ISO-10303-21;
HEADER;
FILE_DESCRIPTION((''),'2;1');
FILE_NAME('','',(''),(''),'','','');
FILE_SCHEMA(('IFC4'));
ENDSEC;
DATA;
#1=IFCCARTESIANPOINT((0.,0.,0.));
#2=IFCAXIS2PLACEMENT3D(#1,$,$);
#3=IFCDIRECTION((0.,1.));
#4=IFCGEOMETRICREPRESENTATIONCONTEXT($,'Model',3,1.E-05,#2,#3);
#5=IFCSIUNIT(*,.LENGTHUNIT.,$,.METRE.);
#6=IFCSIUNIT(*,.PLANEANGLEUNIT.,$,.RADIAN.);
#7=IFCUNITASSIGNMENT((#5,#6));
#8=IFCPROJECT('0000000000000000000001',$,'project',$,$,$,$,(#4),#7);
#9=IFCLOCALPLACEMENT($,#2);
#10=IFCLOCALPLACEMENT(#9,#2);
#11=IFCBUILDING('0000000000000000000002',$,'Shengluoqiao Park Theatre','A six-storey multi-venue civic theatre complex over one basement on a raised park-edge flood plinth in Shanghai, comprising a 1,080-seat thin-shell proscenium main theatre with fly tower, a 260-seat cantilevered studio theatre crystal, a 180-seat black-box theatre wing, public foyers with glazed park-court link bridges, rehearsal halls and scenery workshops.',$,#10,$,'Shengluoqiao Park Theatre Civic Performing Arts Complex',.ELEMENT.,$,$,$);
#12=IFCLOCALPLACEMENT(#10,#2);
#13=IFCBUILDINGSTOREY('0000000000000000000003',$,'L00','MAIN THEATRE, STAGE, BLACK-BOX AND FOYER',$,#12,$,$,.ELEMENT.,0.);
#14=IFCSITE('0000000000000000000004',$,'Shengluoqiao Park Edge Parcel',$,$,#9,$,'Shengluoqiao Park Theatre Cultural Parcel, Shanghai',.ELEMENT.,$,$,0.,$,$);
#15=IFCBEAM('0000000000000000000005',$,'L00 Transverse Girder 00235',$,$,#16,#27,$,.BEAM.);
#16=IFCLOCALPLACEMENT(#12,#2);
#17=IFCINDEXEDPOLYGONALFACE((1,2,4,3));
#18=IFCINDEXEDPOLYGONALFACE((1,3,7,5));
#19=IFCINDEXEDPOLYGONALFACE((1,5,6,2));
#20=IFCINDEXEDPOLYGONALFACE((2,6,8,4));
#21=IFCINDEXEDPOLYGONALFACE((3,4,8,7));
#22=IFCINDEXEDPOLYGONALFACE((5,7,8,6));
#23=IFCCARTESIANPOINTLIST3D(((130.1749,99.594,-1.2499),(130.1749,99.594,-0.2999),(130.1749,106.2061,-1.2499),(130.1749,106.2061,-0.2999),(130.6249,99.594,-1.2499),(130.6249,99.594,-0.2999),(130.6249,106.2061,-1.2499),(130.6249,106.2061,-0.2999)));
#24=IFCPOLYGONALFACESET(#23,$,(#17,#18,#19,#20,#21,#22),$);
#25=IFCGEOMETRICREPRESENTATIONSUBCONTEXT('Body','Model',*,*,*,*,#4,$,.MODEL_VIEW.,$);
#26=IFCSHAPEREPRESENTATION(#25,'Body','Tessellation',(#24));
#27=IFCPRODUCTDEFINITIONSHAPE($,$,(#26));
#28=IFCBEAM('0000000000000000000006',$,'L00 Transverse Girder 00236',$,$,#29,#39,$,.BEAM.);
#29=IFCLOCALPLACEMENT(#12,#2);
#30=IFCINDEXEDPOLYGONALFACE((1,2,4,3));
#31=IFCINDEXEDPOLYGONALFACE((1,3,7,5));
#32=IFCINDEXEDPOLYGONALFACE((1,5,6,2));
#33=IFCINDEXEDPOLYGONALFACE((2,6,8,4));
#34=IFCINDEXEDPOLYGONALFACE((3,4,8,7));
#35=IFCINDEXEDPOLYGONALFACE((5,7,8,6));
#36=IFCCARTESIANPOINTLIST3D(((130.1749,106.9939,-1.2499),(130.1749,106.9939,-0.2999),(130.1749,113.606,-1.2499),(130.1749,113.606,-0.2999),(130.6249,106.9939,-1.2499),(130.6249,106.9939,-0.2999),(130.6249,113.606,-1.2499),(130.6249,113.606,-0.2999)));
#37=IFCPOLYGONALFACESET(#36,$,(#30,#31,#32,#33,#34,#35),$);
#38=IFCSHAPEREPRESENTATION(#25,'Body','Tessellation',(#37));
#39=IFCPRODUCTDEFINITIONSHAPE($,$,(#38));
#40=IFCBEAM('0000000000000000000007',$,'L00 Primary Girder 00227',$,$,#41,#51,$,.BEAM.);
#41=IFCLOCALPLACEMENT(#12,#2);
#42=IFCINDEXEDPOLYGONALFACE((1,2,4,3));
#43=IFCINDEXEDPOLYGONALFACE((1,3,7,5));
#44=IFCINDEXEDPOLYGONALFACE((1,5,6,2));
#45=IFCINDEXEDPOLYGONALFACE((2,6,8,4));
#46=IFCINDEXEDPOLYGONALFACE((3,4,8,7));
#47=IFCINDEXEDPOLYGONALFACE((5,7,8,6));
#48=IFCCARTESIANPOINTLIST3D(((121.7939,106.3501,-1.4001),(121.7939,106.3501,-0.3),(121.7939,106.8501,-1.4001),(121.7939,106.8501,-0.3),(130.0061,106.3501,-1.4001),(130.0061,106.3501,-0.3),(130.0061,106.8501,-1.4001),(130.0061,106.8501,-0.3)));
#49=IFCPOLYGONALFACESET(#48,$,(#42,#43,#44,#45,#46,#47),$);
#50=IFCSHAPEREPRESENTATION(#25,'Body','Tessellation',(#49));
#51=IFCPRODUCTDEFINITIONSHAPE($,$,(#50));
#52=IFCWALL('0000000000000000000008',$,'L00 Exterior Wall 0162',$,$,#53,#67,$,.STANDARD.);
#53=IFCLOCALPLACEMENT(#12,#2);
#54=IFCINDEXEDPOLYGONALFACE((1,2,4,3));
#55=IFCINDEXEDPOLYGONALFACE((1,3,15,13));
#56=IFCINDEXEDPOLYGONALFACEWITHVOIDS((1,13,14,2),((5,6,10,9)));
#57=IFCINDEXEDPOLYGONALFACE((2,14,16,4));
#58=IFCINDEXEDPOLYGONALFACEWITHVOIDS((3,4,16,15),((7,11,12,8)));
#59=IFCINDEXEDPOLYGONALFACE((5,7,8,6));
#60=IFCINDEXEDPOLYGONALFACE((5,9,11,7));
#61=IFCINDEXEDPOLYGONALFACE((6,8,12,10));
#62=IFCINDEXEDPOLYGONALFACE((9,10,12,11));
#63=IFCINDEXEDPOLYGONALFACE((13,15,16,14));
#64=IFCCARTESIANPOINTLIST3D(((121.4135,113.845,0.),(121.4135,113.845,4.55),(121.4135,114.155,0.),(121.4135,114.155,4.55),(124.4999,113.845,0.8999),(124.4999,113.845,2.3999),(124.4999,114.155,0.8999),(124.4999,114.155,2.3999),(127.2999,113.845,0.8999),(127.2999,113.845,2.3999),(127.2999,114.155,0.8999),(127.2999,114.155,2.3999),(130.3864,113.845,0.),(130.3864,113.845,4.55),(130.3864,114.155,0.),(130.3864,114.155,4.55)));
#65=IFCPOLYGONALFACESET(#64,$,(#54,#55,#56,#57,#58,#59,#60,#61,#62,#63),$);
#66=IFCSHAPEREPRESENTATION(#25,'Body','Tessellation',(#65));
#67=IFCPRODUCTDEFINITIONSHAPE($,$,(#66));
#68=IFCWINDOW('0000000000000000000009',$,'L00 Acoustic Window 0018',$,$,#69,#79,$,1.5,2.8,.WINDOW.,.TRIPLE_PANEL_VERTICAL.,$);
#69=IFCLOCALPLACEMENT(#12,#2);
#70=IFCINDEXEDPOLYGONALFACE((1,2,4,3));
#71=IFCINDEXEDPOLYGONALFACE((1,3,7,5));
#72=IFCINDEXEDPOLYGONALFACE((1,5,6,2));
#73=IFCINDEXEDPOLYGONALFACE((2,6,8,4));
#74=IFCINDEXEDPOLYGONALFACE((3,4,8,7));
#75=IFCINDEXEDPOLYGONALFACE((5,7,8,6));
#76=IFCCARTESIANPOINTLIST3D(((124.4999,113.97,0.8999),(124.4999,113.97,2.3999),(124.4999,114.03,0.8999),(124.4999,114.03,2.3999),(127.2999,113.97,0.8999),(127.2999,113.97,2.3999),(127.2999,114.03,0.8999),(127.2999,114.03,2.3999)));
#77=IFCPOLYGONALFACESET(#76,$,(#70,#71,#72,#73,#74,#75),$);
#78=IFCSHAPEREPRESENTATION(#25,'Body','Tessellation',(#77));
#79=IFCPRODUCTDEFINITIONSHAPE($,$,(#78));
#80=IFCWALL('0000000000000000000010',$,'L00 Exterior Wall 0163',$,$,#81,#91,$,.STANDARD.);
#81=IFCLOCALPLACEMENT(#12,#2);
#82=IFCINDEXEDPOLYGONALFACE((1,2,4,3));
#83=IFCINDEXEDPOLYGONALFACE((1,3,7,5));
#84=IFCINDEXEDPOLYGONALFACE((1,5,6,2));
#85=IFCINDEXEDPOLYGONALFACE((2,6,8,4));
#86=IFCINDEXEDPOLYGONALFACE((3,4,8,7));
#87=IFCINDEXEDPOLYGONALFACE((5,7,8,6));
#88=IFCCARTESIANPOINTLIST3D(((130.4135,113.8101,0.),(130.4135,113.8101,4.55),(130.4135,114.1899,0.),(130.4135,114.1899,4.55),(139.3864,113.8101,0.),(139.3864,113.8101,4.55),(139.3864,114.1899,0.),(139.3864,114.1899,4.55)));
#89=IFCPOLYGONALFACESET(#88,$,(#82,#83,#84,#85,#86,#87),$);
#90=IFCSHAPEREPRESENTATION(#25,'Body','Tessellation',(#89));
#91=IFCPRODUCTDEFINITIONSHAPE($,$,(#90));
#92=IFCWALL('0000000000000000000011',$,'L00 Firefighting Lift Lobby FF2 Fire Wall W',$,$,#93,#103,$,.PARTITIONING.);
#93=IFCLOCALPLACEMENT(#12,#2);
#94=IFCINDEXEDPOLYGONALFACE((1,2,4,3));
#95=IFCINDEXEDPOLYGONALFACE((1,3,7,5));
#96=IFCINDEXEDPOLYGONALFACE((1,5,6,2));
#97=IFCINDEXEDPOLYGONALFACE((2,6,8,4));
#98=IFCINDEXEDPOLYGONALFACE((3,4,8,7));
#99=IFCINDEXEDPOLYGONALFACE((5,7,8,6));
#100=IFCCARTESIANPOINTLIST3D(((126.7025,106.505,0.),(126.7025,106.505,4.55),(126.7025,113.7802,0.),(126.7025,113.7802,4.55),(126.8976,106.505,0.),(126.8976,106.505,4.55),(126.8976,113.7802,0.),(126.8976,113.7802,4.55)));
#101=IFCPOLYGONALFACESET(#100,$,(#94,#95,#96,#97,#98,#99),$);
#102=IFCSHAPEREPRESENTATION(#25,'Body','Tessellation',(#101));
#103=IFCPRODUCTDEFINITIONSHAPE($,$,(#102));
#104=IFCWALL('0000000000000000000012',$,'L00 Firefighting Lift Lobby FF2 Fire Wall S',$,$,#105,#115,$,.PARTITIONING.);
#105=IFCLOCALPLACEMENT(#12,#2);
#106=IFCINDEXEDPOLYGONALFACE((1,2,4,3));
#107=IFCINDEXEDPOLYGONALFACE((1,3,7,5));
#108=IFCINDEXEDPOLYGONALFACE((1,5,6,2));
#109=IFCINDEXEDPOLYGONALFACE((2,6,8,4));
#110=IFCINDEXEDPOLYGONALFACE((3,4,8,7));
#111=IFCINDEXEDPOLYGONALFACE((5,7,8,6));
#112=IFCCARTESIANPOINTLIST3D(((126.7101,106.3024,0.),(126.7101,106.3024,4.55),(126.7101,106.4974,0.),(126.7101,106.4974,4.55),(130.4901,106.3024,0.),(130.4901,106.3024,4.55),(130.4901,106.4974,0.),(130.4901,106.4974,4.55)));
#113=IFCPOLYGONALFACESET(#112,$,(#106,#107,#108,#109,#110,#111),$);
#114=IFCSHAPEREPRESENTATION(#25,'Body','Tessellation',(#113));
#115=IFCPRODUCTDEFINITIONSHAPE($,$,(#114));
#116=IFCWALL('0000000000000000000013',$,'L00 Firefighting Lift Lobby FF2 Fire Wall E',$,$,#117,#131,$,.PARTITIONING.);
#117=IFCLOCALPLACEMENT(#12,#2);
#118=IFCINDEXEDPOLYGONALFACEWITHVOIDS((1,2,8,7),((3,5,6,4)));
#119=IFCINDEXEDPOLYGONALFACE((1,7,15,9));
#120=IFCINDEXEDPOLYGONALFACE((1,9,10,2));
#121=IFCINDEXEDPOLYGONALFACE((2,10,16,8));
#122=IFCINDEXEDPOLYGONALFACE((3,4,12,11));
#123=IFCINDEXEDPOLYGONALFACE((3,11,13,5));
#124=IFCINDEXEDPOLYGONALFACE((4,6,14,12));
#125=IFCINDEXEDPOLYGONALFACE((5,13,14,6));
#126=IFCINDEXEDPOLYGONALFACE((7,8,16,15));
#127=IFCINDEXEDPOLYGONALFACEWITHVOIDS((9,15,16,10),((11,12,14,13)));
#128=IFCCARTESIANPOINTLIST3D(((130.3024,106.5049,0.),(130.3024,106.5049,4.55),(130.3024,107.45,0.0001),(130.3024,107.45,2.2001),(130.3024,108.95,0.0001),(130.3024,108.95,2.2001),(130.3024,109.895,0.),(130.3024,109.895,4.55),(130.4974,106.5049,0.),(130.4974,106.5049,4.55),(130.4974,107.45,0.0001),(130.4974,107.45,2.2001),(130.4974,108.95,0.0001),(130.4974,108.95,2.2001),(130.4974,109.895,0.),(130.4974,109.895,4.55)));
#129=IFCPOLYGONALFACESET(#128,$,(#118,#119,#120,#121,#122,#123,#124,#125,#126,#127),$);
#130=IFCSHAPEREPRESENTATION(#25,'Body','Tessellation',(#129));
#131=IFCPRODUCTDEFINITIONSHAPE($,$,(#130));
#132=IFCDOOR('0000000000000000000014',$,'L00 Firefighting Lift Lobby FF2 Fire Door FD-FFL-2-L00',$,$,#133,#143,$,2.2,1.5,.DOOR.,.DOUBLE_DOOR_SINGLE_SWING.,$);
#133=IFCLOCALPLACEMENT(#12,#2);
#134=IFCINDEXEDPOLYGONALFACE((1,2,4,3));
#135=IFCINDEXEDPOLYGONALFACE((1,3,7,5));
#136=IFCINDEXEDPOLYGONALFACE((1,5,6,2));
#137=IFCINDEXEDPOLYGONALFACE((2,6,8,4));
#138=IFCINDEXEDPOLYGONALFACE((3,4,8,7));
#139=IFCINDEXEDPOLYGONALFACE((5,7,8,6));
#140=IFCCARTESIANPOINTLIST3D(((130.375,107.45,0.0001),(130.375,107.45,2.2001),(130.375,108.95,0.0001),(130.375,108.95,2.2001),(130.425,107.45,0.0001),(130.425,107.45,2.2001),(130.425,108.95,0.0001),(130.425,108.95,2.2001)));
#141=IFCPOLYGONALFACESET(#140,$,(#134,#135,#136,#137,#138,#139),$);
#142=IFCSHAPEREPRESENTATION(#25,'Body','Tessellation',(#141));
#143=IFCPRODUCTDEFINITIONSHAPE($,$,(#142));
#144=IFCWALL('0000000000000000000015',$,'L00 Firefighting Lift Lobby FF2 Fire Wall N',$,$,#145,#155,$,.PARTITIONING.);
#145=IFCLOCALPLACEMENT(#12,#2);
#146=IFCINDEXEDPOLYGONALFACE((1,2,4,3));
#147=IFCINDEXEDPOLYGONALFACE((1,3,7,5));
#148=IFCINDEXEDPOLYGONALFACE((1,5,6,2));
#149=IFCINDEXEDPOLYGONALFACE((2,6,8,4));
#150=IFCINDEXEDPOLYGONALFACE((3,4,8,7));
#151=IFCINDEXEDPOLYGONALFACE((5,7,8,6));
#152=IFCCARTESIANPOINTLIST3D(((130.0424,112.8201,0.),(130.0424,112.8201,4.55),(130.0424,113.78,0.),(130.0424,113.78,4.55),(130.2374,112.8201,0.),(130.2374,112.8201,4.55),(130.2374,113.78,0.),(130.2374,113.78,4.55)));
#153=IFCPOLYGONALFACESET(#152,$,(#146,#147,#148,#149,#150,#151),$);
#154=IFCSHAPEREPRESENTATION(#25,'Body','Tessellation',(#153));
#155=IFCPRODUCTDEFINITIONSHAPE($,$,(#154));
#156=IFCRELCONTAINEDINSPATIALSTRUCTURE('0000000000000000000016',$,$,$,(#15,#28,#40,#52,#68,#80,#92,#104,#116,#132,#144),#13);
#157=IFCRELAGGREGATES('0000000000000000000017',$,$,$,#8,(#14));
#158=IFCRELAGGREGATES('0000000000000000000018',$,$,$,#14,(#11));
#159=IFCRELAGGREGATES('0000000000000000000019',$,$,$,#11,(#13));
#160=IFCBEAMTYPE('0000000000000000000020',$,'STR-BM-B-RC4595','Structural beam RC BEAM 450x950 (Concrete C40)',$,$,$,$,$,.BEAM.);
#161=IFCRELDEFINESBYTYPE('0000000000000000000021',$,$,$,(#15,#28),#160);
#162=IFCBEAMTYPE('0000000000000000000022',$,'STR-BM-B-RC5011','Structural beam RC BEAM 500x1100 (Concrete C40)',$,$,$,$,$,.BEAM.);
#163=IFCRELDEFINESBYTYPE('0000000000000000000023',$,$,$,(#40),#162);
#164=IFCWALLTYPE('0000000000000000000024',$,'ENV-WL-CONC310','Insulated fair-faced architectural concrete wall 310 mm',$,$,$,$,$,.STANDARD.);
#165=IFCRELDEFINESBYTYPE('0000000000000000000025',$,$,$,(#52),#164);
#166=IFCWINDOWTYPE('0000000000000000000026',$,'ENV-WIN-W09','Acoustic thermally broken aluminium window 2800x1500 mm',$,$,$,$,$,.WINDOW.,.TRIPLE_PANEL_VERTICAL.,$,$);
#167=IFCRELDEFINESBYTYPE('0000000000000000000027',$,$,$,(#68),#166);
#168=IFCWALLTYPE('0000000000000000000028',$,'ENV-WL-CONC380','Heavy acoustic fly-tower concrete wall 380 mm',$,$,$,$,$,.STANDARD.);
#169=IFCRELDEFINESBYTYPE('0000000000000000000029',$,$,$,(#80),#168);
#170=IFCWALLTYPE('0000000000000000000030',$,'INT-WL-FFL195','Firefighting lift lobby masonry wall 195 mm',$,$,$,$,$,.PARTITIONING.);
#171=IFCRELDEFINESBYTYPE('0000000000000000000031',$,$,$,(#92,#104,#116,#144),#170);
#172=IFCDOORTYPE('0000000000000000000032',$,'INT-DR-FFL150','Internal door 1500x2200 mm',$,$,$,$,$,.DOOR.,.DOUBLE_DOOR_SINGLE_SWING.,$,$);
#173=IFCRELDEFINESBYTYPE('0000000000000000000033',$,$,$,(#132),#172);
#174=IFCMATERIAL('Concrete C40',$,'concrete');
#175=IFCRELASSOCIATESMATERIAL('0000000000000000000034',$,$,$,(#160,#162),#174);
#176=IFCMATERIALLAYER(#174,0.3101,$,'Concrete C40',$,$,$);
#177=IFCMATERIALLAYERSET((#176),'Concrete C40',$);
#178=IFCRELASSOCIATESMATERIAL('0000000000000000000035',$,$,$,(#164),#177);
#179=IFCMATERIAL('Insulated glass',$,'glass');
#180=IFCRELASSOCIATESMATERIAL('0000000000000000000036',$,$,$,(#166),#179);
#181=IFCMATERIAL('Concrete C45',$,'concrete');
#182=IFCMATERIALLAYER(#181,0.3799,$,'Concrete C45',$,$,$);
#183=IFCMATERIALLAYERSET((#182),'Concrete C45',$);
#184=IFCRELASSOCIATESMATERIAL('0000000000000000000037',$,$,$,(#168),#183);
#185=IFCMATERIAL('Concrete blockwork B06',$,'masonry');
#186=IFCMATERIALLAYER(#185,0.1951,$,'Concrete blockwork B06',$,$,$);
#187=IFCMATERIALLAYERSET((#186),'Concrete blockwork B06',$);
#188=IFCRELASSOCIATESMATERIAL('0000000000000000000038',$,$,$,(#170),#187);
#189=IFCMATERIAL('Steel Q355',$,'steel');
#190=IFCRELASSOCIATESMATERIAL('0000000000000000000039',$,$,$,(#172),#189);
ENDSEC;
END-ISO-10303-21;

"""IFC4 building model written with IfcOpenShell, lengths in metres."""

from ifc_helpers import new_model, si_unit, direction, frame, frame_2d, origin, origin_2d, place, context, subcontext, project, spatial, rectangle, extrude, material, layer, layer_set, material_profile, profile_set, type_object, element, fill, save


model = new_model("IFC4")

# Units and contexts
model_context = context("Model", 3, precision=1e-05, world=origin(), true_north=direction((0.0, 1.0)))
body_context = subcontext(model_context, "Body", "Model", "MODEL_VIEW")
ifc_project = project(units=[si_unit("LENGTHUNIT", "METRE"), si_unit("PLANEANGLEUNIT", "RADIAN")], contexts=[model_context])

# Site, building, storey
site_placement = place(None, origin())
site = spatial("IfcSite", under=ifc_project, at=site_placement, Name="Shengluoqiao Park Edge Parcel", LongName="Shengluoqiao Park Theatre Cultural Parcel, Shanghai", CompositionType="ELEMENT", RefElevation=0.0)
building_placement = place(site_placement, origin())
building = spatial("IfcBuilding", under=site, at=building_placement, Name="Shengluoqiao Park Theatre", Description="A six-storey multi-venue civic theatre complex over one basement on a raised park-edge flood plinth in Shanghai, comprising a 1,080-seat thin-shell proscenium main theatre with fly tower, a 260-seat cantilevered studio theatre crystal, a 180-seat black-box theatre wing, public foyers with glazed park-court link bridges, rehearsal halls and scenery workshops.", LongName="Shengluoqiao Park Theatre Civic Performing Arts Complex", CompositionType="ELEMENT")
storey_placement = place(building_placement, origin())
storey = spatial("IfcBuildingStorey", under=building, at=storey_placement, Name="L00", Description="MAIN THEATRE, STAGE, BLACK-BOX AND FOYER", CompositionType="ELEMENT", Elevation=0.0)

# Beams
ifc_material_1 = material(Name="Concrete C40", Category="concrete")
ifc_material_profile_1 = material_profile(ifc_material_1, rectangle(XDim=0.45, YDim=0.95, at=origin_2d()), Name="RC BEAM 450x950")
ifc_profile_set_1 = profile_set([ifc_material_profile_1], Name="Concrete C40")
beam_type_1 = type_object("IfcBeamType", Name="STR-BM-B-RC4595", Description="Structural beam RC BEAM 450x950 (Concrete C40)", PredefinedType="BEAM", material=ifc_profile_set_1)
for number, where, z_axis, x_axis, name in (
    (1, (130.3999, 99.594, -0.7749), (0.0, 1.0, 0.0), (-1.0, 0.0, 0.0), "L00 Transverse Girder 00235"),
    (2, (130.3999, 106.9939, -0.7749), (0.0, 1.0, 0.0), (-1.0, 0.0, 0.0), "L00 Transverse Girder 00236"),
):
    element("IfcBeam", number, at=place(storey_placement, frame(where, z_axis=z_axis, x_axis=x_axis)), inside=storey, type_object=beam_type_1, Name=name, PredefinedType="BEAM", context=body_context, shape_type="SweptSolid", body=[
        extrude(rectangle(XDim=0.45, YDim=0.95, at=origin_2d()), origin(), (0.0, 0.0, 1.0), 6.6121),
    ])
ifc_material_profile_2 = material_profile(ifc_material_1, rectangle(XDim=0.5, YDim=1.1001, at=origin_2d()), Name="RC BEAM 500x1100")
ifc_profile_set_2 = profile_set([ifc_material_profile_2], Name="Concrete C40")
beam_type_2 = type_object("IfcBeamType", Name="STR-BM-B-RC5011", Description="Structural beam RC BEAM 500x1100 (Concrete C40)", PredefinedType="BEAM", material=ifc_profile_set_2)
beam_placement = place(storey_placement, frame((121.7939, 106.6001, -0.8501), z_axis=(1.0, 0.0, 0.0), x_axis=(0.0, 1.0, 0.0)))
element("IfcBeam", 3, at=beam_placement, inside=storey, type_object=beam_type_2, Name="L00 Primary Girder 00227", PredefinedType="BEAM", context=body_context, shape_type="SweptSolid", body=[
    extrude(rectangle(XDim=0.5, YDim=1.1001, at=origin_2d()), origin(), (0.0, 0.0, 1.0), 8.2122),
])

# Wall, opening, window
ifc_layer_1 = layer(ifc_material_1, 0.3101, Name="Concrete C40")
ifc_layer_set_1 = layer_set([ifc_layer_1], Name="Concrete C40")
wall_type_1 = type_object("IfcWallType", Name="ENV-WL-CONC310", Description="Insulated fair-faced architectural concrete wall 310 mm", PredefinedType="STANDARD", material=ifc_layer_set_1)
wall_1_placement = place(storey_placement, frame((121.4136, 114.0, 0.0), z_axis=(0.0, 0.0, 1.0), x_axis=(1.0, 0.0, 0.0)))
wall_1 = element("IfcWall", 4, at=wall_1_placement, inside=storey, type_object=wall_type_1, Name="L00 Exterior Wall 0162", PredefinedType="STANDARD", context=body_context, shape_type="SweptSolid", body=[
    extrude(rectangle(XDim=8.9729, YDim=0.3101, at=frame_2d((4.4863, 0.0))), origin(), (0.0, 0.0, 1.0), 4.55),
])
opening_1_placement = place(wall_1_placement, frame((3.0864, 0.0, 0.8999)))
opening_1 = element("IfcOpeningElement", 5, at=opening_1_placement, cuts=wall_1, PredefinedType="OPENING", context=body_context, shape_type="SweptSolid", body=[
    extrude(rectangle(XDim=2.8, YDim=1.5, at=frame_2d((1.3999, 0.75))), frame((0.0, 0.165, 0.0), z_axis=(0.0, -1.0, 0.0), x_axis=(1.0, 0.0, 0.0)), (0.0, 0.0, 1.0), 0.3301),
])
ifc_material_2 = material(Name="Insulated glass", Category="glass")
window_type = type_object("IfcWindowType", Name="ENV-WIN-W09", Description="Acoustic thermally broken aluminium window 2800x1500 mm", PartitioningType="TRIPLE_PANEL_VERTICAL", PredefinedType="WINDOW", material=ifc_material_2)
window_placement = place(opening_1_placement, origin())
window = element("IfcWindow", 6, at=window_placement, inside=storey, type_object=window_type, Name="L00 Acoustic Window 0018", OverallHeight=1.5, OverallWidth=2.8, PartitioningType="TRIPLE_PANEL_VERTICAL", PredefinedType="WINDOW", context=body_context, shape_type="SweptSolid", body=[
    extrude(rectangle(XDim=2.8, YDim=1.5, at=frame_2d((1.3999, 0.75))), frame((0.0, 0.03, 0.0), z_axis=(0.0, -1.0, 0.0), x_axis=(1.0, 0.0, 0.0)), (0.0, 0.0, 1.0), 0.0601),
])
fill(opening_1, window)

# Walls
ifc_material_3 = material(Name="Concrete C45", Category="concrete")
ifc_layer_2 = layer(ifc_material_3, 0.3799, Name="Concrete C45")
ifc_layer_set_2 = layer_set([ifc_layer_2], Name="Concrete C45")
wall_type_2 = type_object("IfcWallType", Name="ENV-WL-CONC380", Description="Heavy acoustic fly-tower concrete wall 380 mm", PredefinedType="STANDARD", material=ifc_layer_set_2)
wall_2_placement = place(storey_placement, frame((130.4136, 114.0, 0.0), z_axis=(0.0, 0.0, 1.0), x_axis=(1.0, 0.0, 0.0)))
element("IfcWall", 7, at=wall_2_placement, inside=storey, type_object=wall_type_2, Name="L00 Exterior Wall 0163", PredefinedType="STANDARD", context=body_context, shape_type="SweptSolid", body=[
    extrude(rectangle(XDim=8.9729, YDim=0.3799, at=frame_2d((4.4863, 0.0))), origin(), (0.0, 0.0, 1.0), 4.55),
])
ifc_material_4 = material(Name="Concrete blockwork B06", Category="masonry")
ifc_layer_3 = layer(ifc_material_4, 0.1951, Name="Concrete blockwork B06")
ifc_layer_set_3 = layer_set([ifc_layer_3], Name="Concrete blockwork B06")
wall_type_3 = type_object("IfcWallType", Name="INT-WL-FFL195", Description="Firefighting lift lobby masonry wall 195 mm", PredefinedType="PARTITIONING", material=ifc_layer_set_3)
wall_3_placement = place(storey_placement, frame((126.8, 106.5049, 0.0), z_axis=(0.0, 0.0, 1.0), x_axis=(0.0, 1.0, 0.0)))
element("IfcWall", 8, at=wall_3_placement, inside=storey, type_object=wall_type_3, Name="L00 Firefighting Lift Lobby FF2 Fire Wall W", PredefinedType="PARTITIONING", context=body_context, shape_type="SweptSolid", body=[
    extrude(rectangle(XDim=7.2751, YDim=0.1951, at=frame_2d((3.6377, 0.0))), origin(), (0.0, 0.0, 1.0), 4.55),
])
wall_4_placement = place(storey_placement, frame((126.71, 106.3999, 0.0), z_axis=(0.0, 0.0, 1.0), x_axis=(1.0, 0.0, 0.0)))
element("IfcWall", 9, at=wall_4_placement, inside=storey, type_object=wall_type_3, Name="L00 Firefighting Lift Lobby FF2 Fire Wall S", PredefinedType="PARTITIONING", context=body_context, shape_type="SweptSolid", body=[
    extrude(rectangle(XDim=3.78, YDim=0.1951, at=frame_2d((1.8901, 0.0))), origin(), (0.0, 0.0, 1.0), 4.55),
])

# Wall, opening, door
wall_5_placement = place(storey_placement, frame((130.3999, 106.5049, 0.0), z_axis=(0.0, 0.0, 1.0), x_axis=(0.0, 1.0, 0.0)))
wall_5 = element("IfcWall", 10, at=wall_5_placement, inside=storey, type_object=wall_type_3, Name="L00 Firefighting Lift Lobby FF2 Fire Wall E", PredefinedType="PARTITIONING", context=body_context, shape_type="SweptSolid", body=[
    extrude(rectangle(XDim=3.3901, YDim=0.1951, at=frame_2d((1.6951, 0.0))), origin(), (0.0, 0.0, 1.0), 4.55),
])
opening_2_placement = place(wall_5_placement, frame((0.9451, 0.0, 0.0)))
opening_2 = element("IfcOpeningElement", 11, at=opening_2_placement, cuts=wall_5, PredefinedType="OPENING", context=body_context, shape_type="SweptSolid", body=[
    extrude(rectangle(XDim=1.5, YDim=2.2, at=frame_2d((0.75, 1.1001))), frame((0.0, 0.1074, 0.0), z_axis=(0.0, -1.0, 0.0), x_axis=(1.0, 0.0, 0.0)), (0.0, 0.0, 1.0), 0.2151),
])
ifc_material_5 = material(Name="Steel Q355", Category="steel")
door_type_1 = type_object("IfcDoorType", Name="INT-DR-FFL150", Description="Internal door 1500x2200 mm", OperationType="DOUBLE_DOOR_SINGLE_SWING", PredefinedType="DOOR", material=ifc_material_5)
door_1_placement = place(opening_2_placement, origin())
door_1 = element("IfcDoor", 12, at=door_1_placement, inside=storey, type_object=door_type_1, Name="L00 Firefighting Lift Lobby FF2 Fire Door FD-FFL-2-L00", OperationType="DOUBLE_DOOR_SINGLE_SWING", OverallHeight=2.2, OverallWidth=1.5, PredefinedType="DOOR", context=body_context, shape_type="SweptSolid", body=[
    extrude(rectangle(XDim=1.5, YDim=2.2, at=frame_2d((0.75, 1.1001))), frame((0.0, 0.0249, 0.0), z_axis=(0.0, -1.0, 0.0), x_axis=(1.0, 0.0, 0.0)), (0.0, 0.0, 1.0), 0.05),
])
fill(opening_2, door_1)

# Wall
wall_6_placement = place(storey_placement, frame((130.1399, 112.8201, 0.0), z_axis=(0.0, 0.0, 1.0), x_axis=(0.0, 1.0, 0.0)))
element("IfcWall", 13, at=wall_6_placement, inside=storey, type_object=wall_type_3, Name="L00 Firefighting Lift Lobby FF2 Fire Wall N", PredefinedType="PARTITIONING", context=body_context, shape_type="SweptSolid", body=[
    extrude(rectangle(XDim=0.96, YDim=0.1951, at=frame_2d((0.48, 0.0))), origin(), (0.0, 0.0, 1.0), 4.55),
])

save(model, "model.ifc")
